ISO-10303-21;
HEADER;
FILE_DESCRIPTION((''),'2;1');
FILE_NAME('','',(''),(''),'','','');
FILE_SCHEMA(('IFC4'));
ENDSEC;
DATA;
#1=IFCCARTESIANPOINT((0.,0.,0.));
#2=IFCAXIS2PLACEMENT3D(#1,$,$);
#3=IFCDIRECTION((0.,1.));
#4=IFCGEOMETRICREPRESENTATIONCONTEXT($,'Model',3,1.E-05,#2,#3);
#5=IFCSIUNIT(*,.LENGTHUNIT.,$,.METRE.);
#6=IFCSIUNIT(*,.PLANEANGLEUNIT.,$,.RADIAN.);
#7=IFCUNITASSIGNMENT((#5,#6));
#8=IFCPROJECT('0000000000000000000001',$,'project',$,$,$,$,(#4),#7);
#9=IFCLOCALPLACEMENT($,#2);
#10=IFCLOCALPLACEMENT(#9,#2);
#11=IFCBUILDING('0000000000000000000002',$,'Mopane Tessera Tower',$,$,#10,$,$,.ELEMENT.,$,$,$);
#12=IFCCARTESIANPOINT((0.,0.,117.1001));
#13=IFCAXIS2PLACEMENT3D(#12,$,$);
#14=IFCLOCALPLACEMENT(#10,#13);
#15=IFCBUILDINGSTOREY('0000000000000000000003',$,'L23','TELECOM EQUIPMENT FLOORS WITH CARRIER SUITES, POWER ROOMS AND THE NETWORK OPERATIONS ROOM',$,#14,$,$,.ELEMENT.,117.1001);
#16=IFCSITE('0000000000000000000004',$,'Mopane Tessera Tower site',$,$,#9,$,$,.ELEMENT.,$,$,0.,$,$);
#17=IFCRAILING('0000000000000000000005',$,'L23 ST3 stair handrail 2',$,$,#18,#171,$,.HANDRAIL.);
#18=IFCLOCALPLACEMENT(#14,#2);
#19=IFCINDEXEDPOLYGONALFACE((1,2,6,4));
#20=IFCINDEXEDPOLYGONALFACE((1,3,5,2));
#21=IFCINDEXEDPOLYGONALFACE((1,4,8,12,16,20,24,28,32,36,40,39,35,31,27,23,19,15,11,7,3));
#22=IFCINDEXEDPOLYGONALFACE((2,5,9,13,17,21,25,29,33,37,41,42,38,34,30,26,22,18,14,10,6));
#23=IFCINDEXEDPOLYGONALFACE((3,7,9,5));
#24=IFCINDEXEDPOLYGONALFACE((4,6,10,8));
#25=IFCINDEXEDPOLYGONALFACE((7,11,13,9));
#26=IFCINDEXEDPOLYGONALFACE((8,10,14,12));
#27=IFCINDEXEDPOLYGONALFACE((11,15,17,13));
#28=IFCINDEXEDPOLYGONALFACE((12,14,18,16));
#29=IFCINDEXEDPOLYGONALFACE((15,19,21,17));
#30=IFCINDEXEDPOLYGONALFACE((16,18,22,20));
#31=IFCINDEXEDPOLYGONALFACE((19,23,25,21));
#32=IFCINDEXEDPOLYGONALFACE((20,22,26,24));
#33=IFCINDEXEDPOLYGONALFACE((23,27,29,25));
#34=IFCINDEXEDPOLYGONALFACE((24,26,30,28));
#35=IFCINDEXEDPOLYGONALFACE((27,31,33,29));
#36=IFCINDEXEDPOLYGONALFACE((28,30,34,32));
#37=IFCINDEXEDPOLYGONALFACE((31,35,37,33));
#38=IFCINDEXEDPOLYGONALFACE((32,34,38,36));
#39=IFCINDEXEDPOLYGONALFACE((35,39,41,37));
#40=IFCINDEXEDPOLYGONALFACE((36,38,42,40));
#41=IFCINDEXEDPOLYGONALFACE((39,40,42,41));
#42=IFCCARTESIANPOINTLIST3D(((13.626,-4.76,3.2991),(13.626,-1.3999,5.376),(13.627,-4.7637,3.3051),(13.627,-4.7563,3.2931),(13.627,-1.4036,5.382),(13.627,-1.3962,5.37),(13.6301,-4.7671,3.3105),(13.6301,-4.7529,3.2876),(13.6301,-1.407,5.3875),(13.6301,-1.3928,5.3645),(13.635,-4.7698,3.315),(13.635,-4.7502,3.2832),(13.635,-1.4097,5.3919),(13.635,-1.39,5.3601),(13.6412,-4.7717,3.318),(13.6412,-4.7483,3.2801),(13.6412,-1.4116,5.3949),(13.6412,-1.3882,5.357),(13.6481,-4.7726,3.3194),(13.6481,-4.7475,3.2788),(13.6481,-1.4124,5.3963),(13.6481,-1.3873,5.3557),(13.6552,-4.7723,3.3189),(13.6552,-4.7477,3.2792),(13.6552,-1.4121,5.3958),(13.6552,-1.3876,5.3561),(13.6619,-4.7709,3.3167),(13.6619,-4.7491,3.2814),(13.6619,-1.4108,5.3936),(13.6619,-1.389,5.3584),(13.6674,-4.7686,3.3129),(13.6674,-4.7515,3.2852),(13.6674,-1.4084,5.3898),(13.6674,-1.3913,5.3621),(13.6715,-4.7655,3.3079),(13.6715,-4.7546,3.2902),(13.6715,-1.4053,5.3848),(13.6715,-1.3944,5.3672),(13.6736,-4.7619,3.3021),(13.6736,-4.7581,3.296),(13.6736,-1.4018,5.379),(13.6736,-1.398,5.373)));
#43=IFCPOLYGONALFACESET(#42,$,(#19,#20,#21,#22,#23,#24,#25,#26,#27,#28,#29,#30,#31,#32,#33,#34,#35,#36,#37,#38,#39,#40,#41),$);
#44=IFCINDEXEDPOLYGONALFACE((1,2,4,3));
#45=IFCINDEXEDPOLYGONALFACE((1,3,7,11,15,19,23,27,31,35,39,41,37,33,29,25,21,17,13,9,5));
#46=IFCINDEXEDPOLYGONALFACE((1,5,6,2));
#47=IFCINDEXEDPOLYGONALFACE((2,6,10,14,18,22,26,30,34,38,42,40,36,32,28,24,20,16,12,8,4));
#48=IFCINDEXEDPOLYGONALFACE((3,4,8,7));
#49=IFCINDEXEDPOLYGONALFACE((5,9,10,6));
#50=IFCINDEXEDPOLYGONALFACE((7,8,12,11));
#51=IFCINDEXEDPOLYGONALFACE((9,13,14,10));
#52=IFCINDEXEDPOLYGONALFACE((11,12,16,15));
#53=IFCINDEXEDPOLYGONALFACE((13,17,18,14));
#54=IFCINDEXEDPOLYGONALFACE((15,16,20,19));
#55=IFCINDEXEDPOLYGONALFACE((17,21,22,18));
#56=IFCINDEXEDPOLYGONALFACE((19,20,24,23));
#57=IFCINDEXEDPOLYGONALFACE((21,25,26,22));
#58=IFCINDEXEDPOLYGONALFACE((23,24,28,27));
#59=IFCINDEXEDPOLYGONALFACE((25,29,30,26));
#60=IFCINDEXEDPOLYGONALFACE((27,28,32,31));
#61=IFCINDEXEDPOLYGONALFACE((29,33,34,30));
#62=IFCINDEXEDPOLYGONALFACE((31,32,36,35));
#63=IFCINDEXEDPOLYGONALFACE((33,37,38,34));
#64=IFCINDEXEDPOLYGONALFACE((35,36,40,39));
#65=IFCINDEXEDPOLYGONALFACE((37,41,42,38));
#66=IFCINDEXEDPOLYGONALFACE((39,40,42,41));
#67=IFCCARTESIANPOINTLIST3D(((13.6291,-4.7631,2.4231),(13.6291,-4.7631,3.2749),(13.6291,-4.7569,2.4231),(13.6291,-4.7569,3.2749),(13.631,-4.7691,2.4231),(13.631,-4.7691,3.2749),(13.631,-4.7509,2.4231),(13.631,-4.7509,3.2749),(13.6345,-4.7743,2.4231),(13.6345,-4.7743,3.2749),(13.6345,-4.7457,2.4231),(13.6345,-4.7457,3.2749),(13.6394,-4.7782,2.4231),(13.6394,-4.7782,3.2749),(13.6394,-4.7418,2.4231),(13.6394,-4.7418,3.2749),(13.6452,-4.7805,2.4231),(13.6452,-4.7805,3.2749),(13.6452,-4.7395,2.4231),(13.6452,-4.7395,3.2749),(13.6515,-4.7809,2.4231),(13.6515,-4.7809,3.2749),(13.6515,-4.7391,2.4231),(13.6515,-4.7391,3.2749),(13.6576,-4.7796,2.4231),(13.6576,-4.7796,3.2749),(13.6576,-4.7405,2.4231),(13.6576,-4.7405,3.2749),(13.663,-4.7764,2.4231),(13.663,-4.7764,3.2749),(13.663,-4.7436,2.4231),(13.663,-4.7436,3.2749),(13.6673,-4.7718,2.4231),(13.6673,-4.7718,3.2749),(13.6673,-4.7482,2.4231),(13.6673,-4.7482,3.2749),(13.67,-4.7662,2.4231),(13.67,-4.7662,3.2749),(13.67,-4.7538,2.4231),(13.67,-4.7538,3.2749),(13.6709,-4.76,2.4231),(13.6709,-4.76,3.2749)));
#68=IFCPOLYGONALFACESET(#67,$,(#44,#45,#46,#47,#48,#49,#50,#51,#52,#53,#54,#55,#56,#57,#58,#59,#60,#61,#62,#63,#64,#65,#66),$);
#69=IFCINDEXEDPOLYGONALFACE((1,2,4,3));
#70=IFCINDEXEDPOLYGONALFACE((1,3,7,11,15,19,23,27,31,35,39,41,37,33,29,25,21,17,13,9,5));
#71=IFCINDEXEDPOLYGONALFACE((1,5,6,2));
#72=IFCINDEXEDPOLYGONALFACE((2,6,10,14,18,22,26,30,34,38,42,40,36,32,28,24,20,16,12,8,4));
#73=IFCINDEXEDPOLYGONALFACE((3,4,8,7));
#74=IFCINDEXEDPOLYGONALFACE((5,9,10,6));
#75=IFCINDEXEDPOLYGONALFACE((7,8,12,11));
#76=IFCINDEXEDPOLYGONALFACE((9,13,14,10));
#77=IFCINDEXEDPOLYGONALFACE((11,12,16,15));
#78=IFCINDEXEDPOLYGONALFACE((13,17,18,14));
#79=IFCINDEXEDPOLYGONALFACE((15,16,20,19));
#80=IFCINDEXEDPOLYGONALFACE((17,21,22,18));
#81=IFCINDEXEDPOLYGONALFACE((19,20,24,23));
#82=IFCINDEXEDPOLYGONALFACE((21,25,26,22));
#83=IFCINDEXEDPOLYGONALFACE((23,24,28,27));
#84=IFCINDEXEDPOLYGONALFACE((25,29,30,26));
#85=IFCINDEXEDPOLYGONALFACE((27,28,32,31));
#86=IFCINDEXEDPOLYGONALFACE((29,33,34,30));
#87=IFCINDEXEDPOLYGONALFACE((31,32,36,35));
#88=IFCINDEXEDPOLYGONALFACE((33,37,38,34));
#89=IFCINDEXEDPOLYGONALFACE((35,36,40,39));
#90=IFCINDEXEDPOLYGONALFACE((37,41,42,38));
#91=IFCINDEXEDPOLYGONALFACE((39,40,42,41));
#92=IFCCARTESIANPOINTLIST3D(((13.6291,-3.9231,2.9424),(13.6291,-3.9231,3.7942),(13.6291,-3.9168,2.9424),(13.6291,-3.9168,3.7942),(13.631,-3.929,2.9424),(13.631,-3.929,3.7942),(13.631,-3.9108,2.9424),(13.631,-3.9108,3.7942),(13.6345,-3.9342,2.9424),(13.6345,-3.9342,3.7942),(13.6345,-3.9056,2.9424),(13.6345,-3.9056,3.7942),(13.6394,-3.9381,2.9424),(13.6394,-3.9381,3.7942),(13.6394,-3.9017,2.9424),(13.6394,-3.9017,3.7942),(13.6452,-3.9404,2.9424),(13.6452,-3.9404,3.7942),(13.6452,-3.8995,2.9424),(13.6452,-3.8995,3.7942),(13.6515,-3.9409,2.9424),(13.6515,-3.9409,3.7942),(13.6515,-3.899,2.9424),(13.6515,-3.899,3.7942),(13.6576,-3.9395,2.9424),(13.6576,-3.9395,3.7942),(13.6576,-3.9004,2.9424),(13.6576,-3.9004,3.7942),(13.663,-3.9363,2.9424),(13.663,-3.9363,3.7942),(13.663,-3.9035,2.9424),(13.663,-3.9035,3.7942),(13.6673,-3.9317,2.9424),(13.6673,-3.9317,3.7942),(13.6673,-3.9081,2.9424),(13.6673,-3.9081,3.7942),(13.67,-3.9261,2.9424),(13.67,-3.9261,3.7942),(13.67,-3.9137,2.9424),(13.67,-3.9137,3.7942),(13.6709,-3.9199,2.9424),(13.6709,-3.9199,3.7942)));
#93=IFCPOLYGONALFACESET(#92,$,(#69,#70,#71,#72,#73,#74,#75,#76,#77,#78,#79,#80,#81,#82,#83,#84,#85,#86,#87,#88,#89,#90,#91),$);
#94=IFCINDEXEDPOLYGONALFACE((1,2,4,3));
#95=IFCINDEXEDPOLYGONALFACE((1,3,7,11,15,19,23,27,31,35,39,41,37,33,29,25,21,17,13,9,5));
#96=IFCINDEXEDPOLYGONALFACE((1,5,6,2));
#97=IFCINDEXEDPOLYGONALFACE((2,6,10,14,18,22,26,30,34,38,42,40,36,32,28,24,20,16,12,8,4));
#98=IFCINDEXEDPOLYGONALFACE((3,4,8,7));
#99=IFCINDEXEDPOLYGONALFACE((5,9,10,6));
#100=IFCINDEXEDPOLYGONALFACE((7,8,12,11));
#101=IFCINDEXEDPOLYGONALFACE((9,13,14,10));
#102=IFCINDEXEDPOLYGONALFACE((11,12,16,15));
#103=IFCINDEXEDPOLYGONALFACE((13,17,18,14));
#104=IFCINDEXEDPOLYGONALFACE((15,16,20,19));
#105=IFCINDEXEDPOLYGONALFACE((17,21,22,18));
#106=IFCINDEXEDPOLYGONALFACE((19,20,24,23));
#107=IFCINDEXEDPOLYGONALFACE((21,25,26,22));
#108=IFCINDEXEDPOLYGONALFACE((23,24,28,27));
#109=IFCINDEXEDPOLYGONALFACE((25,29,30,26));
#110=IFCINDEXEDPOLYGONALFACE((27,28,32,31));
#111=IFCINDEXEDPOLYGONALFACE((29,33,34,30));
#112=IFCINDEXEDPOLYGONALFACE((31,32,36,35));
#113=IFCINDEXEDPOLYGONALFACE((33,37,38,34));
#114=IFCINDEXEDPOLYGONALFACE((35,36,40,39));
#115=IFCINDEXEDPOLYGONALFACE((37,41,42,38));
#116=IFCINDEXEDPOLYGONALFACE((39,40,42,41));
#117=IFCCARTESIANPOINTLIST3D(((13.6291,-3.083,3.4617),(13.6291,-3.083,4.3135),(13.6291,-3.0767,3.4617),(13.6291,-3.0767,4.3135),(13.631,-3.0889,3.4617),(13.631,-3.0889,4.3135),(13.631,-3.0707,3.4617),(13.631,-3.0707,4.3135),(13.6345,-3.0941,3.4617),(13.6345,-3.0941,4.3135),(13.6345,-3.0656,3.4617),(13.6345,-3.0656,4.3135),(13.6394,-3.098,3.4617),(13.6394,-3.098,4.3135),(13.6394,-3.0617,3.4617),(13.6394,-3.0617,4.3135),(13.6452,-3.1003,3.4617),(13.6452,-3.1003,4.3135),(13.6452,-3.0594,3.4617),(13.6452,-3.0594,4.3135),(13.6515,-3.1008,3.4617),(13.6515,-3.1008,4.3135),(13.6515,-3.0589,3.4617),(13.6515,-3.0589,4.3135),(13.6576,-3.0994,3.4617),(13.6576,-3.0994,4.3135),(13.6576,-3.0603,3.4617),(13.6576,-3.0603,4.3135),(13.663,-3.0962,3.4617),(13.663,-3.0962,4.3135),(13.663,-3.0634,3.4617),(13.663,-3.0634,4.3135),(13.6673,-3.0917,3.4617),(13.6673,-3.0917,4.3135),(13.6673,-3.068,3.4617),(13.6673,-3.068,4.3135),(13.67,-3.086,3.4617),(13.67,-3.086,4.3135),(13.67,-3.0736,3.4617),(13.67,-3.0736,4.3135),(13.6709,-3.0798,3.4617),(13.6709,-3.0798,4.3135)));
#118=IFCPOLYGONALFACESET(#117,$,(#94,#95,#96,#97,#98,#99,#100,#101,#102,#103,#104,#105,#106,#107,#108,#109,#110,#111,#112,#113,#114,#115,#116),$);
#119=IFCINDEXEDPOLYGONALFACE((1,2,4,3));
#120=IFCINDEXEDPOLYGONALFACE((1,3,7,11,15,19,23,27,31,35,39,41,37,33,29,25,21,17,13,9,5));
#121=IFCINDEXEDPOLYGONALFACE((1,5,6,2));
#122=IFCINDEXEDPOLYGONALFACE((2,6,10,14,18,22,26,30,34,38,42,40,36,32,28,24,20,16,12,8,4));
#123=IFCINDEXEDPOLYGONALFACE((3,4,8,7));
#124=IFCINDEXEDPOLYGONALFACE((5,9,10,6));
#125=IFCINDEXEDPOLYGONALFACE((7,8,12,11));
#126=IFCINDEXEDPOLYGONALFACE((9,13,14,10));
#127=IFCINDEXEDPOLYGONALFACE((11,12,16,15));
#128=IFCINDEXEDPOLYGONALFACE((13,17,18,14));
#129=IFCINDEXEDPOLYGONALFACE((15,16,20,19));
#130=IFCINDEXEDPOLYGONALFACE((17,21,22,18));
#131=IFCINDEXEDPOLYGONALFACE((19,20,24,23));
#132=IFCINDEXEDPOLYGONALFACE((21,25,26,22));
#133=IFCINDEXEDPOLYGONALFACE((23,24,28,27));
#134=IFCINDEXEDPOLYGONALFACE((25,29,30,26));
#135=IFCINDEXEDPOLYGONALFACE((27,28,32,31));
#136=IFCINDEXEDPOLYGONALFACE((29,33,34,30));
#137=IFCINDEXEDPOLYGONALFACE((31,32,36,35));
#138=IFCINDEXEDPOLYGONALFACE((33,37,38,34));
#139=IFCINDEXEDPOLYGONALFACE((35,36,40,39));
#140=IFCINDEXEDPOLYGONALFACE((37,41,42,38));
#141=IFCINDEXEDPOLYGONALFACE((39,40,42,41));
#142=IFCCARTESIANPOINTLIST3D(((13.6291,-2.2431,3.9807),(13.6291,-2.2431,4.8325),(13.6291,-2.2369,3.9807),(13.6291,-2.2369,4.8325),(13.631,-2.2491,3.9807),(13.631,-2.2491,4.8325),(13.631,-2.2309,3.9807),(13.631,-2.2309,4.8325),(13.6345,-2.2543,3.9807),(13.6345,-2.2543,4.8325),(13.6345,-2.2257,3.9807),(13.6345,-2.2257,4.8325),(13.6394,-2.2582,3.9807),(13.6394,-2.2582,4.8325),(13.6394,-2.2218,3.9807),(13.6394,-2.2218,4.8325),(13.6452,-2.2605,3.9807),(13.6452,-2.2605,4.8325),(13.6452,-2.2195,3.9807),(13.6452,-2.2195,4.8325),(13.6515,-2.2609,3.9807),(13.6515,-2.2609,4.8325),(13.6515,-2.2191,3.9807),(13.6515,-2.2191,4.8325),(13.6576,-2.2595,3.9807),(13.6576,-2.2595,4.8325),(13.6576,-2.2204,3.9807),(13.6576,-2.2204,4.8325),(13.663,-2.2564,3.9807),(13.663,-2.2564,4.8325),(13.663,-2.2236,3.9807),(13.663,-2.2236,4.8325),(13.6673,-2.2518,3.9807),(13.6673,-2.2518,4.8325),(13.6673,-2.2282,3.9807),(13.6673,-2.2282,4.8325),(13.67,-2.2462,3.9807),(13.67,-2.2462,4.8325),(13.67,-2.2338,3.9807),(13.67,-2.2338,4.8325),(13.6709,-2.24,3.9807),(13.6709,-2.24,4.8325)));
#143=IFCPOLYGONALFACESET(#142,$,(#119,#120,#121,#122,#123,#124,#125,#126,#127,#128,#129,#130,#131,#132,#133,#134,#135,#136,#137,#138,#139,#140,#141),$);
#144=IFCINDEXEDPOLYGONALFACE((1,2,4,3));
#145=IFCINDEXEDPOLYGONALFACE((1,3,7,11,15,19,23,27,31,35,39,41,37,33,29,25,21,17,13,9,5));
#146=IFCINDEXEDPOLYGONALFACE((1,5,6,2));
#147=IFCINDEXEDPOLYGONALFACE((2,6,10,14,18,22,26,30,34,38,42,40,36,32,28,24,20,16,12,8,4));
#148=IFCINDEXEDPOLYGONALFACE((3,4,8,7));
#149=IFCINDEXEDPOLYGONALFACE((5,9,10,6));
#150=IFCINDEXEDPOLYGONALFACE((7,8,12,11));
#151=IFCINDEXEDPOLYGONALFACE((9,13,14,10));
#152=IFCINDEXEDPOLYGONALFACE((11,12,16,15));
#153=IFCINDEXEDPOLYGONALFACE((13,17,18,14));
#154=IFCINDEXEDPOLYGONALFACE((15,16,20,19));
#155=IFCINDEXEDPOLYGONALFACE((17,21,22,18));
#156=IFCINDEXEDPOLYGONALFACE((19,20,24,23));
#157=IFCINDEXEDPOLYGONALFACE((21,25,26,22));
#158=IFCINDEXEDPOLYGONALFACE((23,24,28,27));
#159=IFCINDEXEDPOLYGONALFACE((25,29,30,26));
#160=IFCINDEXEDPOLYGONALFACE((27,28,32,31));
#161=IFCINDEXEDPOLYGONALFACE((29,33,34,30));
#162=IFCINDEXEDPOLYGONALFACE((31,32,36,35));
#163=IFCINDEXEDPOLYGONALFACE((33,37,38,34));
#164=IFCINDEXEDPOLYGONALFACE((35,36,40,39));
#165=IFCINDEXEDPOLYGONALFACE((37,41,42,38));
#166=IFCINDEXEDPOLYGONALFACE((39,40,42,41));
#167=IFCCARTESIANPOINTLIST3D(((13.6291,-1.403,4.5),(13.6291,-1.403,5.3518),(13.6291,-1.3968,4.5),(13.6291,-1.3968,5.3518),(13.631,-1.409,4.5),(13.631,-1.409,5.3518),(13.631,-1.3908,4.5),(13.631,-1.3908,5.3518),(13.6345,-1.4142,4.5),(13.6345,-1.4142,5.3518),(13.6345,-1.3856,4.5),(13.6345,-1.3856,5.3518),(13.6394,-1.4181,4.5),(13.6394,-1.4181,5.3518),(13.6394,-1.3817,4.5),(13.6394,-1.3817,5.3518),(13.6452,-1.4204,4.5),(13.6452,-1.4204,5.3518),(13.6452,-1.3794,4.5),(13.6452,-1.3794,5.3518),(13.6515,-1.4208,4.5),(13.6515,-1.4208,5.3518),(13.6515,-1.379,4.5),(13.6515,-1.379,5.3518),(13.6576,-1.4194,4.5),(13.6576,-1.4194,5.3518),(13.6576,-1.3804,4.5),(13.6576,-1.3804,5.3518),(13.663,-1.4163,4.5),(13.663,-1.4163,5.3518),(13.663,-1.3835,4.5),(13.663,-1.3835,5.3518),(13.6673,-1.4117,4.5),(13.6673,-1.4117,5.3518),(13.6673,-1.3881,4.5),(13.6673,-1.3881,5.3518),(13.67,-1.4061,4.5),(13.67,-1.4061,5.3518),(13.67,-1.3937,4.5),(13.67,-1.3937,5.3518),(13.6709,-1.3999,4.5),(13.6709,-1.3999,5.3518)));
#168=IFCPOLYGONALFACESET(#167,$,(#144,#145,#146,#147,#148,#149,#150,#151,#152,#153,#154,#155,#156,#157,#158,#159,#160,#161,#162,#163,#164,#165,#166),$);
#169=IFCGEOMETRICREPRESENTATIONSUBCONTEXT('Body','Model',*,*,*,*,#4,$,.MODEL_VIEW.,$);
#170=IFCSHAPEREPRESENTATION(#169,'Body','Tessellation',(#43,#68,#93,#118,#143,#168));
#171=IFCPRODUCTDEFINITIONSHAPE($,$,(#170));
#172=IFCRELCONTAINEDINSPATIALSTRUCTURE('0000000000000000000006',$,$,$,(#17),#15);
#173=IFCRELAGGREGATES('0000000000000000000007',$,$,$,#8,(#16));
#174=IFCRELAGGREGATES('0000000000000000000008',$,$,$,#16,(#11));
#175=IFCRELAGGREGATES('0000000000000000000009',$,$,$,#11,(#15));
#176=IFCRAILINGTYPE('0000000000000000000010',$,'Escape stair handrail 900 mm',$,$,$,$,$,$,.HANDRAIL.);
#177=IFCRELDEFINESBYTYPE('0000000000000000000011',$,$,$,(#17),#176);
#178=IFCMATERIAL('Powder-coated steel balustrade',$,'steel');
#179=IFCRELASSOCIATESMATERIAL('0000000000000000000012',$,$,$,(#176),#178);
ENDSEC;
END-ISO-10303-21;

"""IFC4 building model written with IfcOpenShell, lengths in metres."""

from ifc_helpers import new_model, si_unit, direction, frame, origin, origin_2d, place, context, subcontext, project, spatial, circle, extrude, material, type_object, element, save


model = new_model("IFC4")

# Units and contexts
model_context = context("Model", 3, precision=1e-05, world=origin(), true_north=direction((0.0, 1.0)))
body_context = subcontext(model_context, "Body", "Model", "MODEL_VIEW")
ifc_project = project(units=[si_unit("LENGTHUNIT", "METRE"), si_unit("PLANEANGLEUNIT", "RADIAN")], contexts=[model_context])

# Site, building, storey
site_placement = place(None, origin())
site = spatial("IfcSite", under=ifc_project, at=site_placement, Name="Mopane Tessera Tower site", CompositionType="ELEMENT", RefElevation=0.0)
building_placement = place(site_placement, origin())
building = spatial("IfcBuilding", under=site, at=building_placement, Name="Mopane Tessera Tower", CompositionType="ELEMENT")
storey_placement = place(building_placement, frame((0.0, 0.0, 117.1001)))
storey = spatial("IfcBuildingStorey", under=building, at=storey_placement, Name="L23", Description="TELECOM EQUIPMENT FLOORS WITH CARRIER SUITES, POWER ROOMS AND THE NETWORK OPERATIONS ROOM", CompositionType="ELEMENT", Elevation=117.1001)

# Railing
ifc_material_1 = material(Name="Powder-coated steel balustrade", Category="steel")
railing_type_1 = type_object("IfcRailingType", Name="Escape stair handrail 900 mm", PredefinedType="HANDRAIL", material=ifc_material_1)
railing_1_placement = place(storey_placement, frame((13.6499, -4.76, 2.4231)))
element("IfcRailing", 1, at=railing_1_placement, inside=storey, type_object=railing_type_1, Name="L23 ST3 stair handrail 2", PredefinedType="HANDRAIL", context=body_context, shape_type="SweptSolid", body=[
    extrude(circle(Radius=0.0239, at=origin_2d()), frame((0.0, 0.0, 0.876), z_axis=(0.0, 0.850623, 0.525776), x_axis=(-1.0, 0.0, 0.0)), (0.0, 0.0, 1.0), 3.9502),
    extrude(circle(Radius=0.021, at=origin_2d()), origin(), (0.0, 0.0, 1.0), 0.8518),
    extrude(circle(Radius=0.021, at=origin_2d()), frame((0.0, 0.8401, 0.5193)), (0.0, 0.0, 1.0), 0.8518),
    extrude(circle(Radius=0.021, at=origin_2d()), frame((0.0, 1.6802, 1.0386)), (0.0, 0.0, 1.0), 0.8518),
    extrude(circle(Radius=0.021, at=origin_2d()), frame((0.0, 2.52, 1.5576)), (0.0, 0.0, 1.0), 0.8518),
    extrude(circle(Radius=0.021, at=origin_2d()), frame((0.0, 3.3601, 2.0769)), (0.0, 0.0, 1.0), 0.8518),
])

save(model, "model.ifc")
